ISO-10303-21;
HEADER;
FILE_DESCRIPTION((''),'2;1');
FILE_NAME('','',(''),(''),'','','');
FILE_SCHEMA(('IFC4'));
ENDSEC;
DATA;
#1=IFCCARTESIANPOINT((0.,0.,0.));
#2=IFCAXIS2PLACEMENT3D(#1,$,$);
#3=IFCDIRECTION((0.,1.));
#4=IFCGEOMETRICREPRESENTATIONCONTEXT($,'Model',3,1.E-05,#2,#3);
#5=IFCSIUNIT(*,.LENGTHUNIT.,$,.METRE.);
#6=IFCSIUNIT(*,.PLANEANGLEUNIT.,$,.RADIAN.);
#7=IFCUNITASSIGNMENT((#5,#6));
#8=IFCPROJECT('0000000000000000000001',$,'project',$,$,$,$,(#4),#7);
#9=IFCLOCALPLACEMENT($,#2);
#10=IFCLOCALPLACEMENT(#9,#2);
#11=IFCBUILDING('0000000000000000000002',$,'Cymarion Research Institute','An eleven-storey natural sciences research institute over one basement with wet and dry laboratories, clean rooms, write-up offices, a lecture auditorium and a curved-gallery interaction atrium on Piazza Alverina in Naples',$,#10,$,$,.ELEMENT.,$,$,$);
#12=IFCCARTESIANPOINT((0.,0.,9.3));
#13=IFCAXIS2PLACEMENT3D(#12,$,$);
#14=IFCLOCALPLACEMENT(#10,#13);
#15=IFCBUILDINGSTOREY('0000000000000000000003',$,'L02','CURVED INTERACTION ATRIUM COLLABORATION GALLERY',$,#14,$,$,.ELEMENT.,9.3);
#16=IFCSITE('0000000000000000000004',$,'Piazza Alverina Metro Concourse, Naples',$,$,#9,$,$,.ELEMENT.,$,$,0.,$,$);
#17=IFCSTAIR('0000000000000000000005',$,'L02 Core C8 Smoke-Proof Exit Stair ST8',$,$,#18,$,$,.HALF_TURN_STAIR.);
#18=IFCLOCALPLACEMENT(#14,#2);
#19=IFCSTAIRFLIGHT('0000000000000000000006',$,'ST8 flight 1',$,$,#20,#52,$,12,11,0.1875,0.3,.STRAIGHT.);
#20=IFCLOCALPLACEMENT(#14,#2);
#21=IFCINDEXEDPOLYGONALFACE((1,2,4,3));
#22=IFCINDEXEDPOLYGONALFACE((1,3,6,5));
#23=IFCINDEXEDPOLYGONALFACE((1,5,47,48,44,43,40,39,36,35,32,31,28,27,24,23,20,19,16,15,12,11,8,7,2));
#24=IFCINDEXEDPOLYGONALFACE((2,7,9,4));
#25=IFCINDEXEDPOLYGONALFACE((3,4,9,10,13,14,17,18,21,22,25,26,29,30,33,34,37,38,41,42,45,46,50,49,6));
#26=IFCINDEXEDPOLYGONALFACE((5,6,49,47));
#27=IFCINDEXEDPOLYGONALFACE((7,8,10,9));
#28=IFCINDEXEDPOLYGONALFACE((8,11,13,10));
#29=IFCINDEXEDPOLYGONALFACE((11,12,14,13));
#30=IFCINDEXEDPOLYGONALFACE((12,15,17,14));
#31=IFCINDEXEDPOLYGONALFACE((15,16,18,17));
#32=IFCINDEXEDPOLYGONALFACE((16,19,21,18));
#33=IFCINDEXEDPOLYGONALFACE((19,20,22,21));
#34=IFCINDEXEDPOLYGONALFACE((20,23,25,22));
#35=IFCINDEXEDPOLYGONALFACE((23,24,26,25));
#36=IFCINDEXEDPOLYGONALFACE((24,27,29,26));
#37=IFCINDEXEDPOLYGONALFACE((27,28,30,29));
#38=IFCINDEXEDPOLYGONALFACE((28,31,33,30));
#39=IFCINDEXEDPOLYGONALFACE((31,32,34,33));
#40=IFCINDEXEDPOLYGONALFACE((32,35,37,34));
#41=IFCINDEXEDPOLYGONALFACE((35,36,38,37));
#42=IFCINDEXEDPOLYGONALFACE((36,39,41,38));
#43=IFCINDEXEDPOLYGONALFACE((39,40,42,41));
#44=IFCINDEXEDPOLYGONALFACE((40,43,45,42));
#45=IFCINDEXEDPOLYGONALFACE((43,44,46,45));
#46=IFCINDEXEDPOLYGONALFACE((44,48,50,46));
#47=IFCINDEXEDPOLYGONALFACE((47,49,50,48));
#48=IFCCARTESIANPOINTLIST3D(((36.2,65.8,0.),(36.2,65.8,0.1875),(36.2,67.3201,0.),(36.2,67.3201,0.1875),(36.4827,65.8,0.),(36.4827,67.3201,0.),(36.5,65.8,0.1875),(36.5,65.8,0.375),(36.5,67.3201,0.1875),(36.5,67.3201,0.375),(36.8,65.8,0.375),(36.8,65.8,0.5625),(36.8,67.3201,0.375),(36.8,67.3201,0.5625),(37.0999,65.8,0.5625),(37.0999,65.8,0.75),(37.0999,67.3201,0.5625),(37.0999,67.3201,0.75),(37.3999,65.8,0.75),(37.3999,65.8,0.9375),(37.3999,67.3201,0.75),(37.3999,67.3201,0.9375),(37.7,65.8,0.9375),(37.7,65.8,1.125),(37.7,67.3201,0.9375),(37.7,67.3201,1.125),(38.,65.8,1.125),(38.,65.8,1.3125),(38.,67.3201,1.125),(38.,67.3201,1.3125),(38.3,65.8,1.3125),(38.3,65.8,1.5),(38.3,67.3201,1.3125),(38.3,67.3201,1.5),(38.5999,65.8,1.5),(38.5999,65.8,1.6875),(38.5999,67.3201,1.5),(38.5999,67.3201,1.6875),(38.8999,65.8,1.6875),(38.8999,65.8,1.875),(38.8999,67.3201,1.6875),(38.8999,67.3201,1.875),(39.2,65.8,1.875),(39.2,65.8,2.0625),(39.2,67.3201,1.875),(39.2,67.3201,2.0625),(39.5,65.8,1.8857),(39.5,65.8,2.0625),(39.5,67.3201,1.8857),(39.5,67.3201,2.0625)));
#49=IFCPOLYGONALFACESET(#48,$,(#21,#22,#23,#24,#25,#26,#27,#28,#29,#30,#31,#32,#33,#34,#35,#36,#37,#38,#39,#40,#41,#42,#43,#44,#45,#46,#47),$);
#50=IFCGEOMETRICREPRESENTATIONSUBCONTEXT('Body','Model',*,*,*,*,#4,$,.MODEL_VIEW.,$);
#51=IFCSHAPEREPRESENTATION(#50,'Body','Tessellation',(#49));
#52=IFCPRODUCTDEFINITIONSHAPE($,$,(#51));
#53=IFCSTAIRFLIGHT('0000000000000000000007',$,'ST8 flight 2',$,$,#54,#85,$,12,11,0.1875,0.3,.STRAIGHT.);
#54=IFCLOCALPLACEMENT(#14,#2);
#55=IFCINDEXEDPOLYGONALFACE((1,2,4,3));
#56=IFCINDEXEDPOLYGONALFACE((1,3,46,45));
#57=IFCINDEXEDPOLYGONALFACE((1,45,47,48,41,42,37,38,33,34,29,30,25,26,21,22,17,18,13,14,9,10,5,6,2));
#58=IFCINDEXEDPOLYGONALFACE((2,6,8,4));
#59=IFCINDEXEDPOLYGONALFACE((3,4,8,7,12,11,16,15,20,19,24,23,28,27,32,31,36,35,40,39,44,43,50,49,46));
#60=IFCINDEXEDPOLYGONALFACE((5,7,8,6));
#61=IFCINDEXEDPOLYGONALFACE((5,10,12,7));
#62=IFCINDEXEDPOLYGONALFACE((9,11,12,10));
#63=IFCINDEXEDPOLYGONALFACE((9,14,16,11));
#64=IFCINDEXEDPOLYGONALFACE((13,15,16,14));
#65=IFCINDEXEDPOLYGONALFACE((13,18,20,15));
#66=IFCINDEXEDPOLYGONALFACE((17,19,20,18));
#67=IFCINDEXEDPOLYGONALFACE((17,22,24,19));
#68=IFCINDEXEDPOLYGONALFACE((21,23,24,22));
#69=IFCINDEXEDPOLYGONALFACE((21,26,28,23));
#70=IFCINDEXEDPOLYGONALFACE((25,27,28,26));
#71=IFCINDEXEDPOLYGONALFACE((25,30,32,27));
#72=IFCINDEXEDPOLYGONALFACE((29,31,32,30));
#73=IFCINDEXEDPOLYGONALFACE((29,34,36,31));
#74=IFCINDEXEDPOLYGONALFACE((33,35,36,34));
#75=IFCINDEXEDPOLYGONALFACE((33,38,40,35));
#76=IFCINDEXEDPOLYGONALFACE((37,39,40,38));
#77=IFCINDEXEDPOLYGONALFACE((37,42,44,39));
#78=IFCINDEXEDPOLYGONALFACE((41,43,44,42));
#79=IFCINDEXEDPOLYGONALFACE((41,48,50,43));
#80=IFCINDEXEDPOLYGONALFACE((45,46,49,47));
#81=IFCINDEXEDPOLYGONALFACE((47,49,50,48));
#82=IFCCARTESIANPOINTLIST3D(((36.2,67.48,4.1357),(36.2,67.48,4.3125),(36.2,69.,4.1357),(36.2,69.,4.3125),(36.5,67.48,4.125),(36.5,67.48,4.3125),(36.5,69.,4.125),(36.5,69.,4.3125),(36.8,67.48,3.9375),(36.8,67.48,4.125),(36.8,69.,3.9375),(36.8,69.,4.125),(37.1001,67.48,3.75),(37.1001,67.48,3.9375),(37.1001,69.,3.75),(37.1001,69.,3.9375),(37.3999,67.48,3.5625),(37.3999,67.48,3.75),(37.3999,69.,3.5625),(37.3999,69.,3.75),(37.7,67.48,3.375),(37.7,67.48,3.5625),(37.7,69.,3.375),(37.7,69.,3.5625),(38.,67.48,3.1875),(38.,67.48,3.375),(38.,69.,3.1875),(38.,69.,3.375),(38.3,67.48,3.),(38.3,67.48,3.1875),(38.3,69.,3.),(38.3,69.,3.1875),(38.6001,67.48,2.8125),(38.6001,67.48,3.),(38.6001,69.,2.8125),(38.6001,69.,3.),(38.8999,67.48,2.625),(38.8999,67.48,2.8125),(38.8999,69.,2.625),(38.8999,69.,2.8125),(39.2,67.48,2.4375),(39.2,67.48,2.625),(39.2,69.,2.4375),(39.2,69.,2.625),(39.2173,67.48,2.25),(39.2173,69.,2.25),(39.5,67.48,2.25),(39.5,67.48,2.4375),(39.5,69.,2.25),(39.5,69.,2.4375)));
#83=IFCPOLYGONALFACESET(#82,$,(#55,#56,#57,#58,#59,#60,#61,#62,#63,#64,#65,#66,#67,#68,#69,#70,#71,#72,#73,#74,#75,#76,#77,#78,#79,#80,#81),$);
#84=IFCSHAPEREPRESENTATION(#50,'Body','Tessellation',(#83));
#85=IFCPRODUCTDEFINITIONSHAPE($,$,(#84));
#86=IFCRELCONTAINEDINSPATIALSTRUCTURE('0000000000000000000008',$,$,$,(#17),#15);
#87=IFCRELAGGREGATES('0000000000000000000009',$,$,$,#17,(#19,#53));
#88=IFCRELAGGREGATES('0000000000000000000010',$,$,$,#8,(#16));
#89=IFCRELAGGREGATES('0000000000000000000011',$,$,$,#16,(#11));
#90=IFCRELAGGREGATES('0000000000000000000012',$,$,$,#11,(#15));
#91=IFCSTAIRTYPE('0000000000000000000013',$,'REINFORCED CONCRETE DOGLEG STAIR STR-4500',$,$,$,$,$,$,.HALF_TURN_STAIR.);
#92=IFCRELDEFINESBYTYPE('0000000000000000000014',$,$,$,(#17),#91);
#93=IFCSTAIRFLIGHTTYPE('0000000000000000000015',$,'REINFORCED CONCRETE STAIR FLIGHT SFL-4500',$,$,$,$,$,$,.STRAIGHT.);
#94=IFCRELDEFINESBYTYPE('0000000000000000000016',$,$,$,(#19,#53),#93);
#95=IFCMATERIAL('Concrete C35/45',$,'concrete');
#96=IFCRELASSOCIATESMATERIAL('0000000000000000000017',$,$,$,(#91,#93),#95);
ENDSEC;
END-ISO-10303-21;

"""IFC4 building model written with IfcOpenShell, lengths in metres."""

from ifc_helpers import new_model, si_unit, direction, frame, origin, place, context, subcontext, project, spatial, polyline, outline, extrude, material, type_object, element, aggregate, save


model = new_model("IFC4")

# Units and contexts
model_context = context("Model", 3, precision=1e-05, world=origin(), true_north=direction((0.0, 1.0)))
body_context = subcontext(model_context, "Body", "Model", "MODEL_VIEW")
ifc_project = project(units=[si_unit("LENGTHUNIT", "METRE"), si_unit("PLANEANGLEUNIT", "RADIAN")], contexts=[model_context])

# Site, building, storey
site_placement = place(None, origin())
site = spatial("IfcSite", under=ifc_project, at=site_placement, Name="Piazza Alverina Metro Concourse, Naples", CompositionType="ELEMENT", RefElevation=0.0)
building_placement = place(site_placement, origin())
building = spatial("IfcBuilding", under=site, at=building_placement, Name="Cymarion Research Institute", Description="An eleven-storey natural sciences research institute over one basement with wet and dry laboratories, clean rooms, write-up offices, a lecture auditorium and a curved-gallery interaction atrium on Piazza Alverina in Naples", CompositionType="ELEMENT")
storey_placement = place(building_placement, frame((0.0, 0.0, 9.3)))
storey = spatial("IfcBuildingStorey", under=building, at=storey_placement, Name="L02", Description="CURVED INTERACTION ATRIUM COLLABORATION GALLERY", CompositionType="ELEMENT", Elevation=9.3)

# Stair, stair flights
ifc_material_1 = material(Name="Concrete C35/45", Category="concrete")
stair_type = type_object("IfcStairType", Name="REINFORCED CONCRETE DOGLEG STAIR STR-4500", PredefinedType="HALF_TURN_STAIR", material=ifc_material_1)
stair_placement = place(storey_placement, origin())
stair = element("IfcStair", 1, at=stair_placement, inside=storey, type_object=stair_type, Name="L02 Core C8 Smoke-Proof Exit Stair ST8", PredefinedType="HALF_TURN_STAIR")
stair_flight_type = type_object("IfcStairFlightType", Name="REINFORCED CONCRETE STAIR FLIGHT SFL-4500", PredefinedType="STRAIGHT", material=ifc_material_1)
stair_flight_1_placement = place(storey_placement, frame((36.2, 66.5601, 0.0), z_axis=(0.0, 0.0, 1.0), x_axis=(1.0, 0.0, 0.0)))
stair_flight_1 = element("IfcStairFlight", 2, at=stair_flight_1_placement, type_object=stair_flight_type, Name="ST8 flight 1", NumberOfRisers=12, NumberOfTreads=11, PredefinedType="STRAIGHT", RiserHeight=0.1875, TreadLength=0.3, context=body_context, shape_type="SweptSolid", body=[
    extrude(outline(polyline([(0.0, 0.0), (0.0, 0.1875), (0.3, 0.1875), (0.3, 0.375), (0.6001, 0.375), (0.6001, 0.5625), (0.8999, 0.5625), (0.8999, 0.75), (1.2, 0.75), (1.2, 0.9375), (1.5, 0.9375), (1.5, 1.125), (1.8, 1.125), (1.8, 1.3125), (2.1001, 1.3125), (2.1001, 1.5), (2.3999, 1.5), (2.3999, 1.6875), (2.7, 1.6875), (2.7, 1.875), (3.0, 1.875), (3.0, 2.0625), (3.3, 2.0625), (3.3, 2.25), (3.3, 1.8857), (0.2827, 0.0), (0.0, 0.0)])), frame((0.0, 0.76, 0.0), z_axis=(0.0, -1.0, 0.0), x_axis=(1.0, 0.0, 0.0)), (0.0, 0.0, 1.0), 1.52),
])
stair_flight_2_placement = place(storey_placement, frame((39.5, 68.24, 2.25), z_axis=(0.0, 0.0, 1.0), x_axis=(-1.0, 0.0, 0.0)))
stair_flight_2 = element("IfcStairFlight", 3, at=stair_flight_2_placement, type_object=stair_flight_type, Name="ST8 flight 2", NumberOfRisers=12, NumberOfTreads=11, PredefinedType="STRAIGHT", RiserHeight=0.1875, TreadLength=0.3, context=body_context, shape_type="SweptSolid", body=[
    extrude(outline(polyline([(0.0, 0.0), (0.0, 0.1875), (0.3, 0.1875), (0.3, 0.375), (0.6001, 0.375), (0.6001, 0.5625), (0.8999, 0.5625), (0.8999, 0.75), (1.2, 0.75), (1.2, 0.9375), (1.5, 0.9375), (1.5, 1.125), (1.8, 1.125), (1.8, 1.3125), (2.1001, 1.3125), (2.1001, 1.5), (2.3999, 1.5), (2.3999, 1.6875), (2.7, 1.6875), (2.7, 1.875), (3.0, 1.875), (3.0, 2.0625), (3.3, 2.0625), (3.3, 2.25), (3.3, 1.8857), (0.2827, 0.0), (0.0, 0.0)])), frame((0.0, 0.76, 0.0), z_axis=(0.0, -1.0, 0.0), x_axis=(1.0, 0.0, 0.0)), (0.0, 0.0, 1.0), 1.52),
])
aggregate(stair, [stair_flight_1, stair_flight_2])

save(model, "model.ifc")
